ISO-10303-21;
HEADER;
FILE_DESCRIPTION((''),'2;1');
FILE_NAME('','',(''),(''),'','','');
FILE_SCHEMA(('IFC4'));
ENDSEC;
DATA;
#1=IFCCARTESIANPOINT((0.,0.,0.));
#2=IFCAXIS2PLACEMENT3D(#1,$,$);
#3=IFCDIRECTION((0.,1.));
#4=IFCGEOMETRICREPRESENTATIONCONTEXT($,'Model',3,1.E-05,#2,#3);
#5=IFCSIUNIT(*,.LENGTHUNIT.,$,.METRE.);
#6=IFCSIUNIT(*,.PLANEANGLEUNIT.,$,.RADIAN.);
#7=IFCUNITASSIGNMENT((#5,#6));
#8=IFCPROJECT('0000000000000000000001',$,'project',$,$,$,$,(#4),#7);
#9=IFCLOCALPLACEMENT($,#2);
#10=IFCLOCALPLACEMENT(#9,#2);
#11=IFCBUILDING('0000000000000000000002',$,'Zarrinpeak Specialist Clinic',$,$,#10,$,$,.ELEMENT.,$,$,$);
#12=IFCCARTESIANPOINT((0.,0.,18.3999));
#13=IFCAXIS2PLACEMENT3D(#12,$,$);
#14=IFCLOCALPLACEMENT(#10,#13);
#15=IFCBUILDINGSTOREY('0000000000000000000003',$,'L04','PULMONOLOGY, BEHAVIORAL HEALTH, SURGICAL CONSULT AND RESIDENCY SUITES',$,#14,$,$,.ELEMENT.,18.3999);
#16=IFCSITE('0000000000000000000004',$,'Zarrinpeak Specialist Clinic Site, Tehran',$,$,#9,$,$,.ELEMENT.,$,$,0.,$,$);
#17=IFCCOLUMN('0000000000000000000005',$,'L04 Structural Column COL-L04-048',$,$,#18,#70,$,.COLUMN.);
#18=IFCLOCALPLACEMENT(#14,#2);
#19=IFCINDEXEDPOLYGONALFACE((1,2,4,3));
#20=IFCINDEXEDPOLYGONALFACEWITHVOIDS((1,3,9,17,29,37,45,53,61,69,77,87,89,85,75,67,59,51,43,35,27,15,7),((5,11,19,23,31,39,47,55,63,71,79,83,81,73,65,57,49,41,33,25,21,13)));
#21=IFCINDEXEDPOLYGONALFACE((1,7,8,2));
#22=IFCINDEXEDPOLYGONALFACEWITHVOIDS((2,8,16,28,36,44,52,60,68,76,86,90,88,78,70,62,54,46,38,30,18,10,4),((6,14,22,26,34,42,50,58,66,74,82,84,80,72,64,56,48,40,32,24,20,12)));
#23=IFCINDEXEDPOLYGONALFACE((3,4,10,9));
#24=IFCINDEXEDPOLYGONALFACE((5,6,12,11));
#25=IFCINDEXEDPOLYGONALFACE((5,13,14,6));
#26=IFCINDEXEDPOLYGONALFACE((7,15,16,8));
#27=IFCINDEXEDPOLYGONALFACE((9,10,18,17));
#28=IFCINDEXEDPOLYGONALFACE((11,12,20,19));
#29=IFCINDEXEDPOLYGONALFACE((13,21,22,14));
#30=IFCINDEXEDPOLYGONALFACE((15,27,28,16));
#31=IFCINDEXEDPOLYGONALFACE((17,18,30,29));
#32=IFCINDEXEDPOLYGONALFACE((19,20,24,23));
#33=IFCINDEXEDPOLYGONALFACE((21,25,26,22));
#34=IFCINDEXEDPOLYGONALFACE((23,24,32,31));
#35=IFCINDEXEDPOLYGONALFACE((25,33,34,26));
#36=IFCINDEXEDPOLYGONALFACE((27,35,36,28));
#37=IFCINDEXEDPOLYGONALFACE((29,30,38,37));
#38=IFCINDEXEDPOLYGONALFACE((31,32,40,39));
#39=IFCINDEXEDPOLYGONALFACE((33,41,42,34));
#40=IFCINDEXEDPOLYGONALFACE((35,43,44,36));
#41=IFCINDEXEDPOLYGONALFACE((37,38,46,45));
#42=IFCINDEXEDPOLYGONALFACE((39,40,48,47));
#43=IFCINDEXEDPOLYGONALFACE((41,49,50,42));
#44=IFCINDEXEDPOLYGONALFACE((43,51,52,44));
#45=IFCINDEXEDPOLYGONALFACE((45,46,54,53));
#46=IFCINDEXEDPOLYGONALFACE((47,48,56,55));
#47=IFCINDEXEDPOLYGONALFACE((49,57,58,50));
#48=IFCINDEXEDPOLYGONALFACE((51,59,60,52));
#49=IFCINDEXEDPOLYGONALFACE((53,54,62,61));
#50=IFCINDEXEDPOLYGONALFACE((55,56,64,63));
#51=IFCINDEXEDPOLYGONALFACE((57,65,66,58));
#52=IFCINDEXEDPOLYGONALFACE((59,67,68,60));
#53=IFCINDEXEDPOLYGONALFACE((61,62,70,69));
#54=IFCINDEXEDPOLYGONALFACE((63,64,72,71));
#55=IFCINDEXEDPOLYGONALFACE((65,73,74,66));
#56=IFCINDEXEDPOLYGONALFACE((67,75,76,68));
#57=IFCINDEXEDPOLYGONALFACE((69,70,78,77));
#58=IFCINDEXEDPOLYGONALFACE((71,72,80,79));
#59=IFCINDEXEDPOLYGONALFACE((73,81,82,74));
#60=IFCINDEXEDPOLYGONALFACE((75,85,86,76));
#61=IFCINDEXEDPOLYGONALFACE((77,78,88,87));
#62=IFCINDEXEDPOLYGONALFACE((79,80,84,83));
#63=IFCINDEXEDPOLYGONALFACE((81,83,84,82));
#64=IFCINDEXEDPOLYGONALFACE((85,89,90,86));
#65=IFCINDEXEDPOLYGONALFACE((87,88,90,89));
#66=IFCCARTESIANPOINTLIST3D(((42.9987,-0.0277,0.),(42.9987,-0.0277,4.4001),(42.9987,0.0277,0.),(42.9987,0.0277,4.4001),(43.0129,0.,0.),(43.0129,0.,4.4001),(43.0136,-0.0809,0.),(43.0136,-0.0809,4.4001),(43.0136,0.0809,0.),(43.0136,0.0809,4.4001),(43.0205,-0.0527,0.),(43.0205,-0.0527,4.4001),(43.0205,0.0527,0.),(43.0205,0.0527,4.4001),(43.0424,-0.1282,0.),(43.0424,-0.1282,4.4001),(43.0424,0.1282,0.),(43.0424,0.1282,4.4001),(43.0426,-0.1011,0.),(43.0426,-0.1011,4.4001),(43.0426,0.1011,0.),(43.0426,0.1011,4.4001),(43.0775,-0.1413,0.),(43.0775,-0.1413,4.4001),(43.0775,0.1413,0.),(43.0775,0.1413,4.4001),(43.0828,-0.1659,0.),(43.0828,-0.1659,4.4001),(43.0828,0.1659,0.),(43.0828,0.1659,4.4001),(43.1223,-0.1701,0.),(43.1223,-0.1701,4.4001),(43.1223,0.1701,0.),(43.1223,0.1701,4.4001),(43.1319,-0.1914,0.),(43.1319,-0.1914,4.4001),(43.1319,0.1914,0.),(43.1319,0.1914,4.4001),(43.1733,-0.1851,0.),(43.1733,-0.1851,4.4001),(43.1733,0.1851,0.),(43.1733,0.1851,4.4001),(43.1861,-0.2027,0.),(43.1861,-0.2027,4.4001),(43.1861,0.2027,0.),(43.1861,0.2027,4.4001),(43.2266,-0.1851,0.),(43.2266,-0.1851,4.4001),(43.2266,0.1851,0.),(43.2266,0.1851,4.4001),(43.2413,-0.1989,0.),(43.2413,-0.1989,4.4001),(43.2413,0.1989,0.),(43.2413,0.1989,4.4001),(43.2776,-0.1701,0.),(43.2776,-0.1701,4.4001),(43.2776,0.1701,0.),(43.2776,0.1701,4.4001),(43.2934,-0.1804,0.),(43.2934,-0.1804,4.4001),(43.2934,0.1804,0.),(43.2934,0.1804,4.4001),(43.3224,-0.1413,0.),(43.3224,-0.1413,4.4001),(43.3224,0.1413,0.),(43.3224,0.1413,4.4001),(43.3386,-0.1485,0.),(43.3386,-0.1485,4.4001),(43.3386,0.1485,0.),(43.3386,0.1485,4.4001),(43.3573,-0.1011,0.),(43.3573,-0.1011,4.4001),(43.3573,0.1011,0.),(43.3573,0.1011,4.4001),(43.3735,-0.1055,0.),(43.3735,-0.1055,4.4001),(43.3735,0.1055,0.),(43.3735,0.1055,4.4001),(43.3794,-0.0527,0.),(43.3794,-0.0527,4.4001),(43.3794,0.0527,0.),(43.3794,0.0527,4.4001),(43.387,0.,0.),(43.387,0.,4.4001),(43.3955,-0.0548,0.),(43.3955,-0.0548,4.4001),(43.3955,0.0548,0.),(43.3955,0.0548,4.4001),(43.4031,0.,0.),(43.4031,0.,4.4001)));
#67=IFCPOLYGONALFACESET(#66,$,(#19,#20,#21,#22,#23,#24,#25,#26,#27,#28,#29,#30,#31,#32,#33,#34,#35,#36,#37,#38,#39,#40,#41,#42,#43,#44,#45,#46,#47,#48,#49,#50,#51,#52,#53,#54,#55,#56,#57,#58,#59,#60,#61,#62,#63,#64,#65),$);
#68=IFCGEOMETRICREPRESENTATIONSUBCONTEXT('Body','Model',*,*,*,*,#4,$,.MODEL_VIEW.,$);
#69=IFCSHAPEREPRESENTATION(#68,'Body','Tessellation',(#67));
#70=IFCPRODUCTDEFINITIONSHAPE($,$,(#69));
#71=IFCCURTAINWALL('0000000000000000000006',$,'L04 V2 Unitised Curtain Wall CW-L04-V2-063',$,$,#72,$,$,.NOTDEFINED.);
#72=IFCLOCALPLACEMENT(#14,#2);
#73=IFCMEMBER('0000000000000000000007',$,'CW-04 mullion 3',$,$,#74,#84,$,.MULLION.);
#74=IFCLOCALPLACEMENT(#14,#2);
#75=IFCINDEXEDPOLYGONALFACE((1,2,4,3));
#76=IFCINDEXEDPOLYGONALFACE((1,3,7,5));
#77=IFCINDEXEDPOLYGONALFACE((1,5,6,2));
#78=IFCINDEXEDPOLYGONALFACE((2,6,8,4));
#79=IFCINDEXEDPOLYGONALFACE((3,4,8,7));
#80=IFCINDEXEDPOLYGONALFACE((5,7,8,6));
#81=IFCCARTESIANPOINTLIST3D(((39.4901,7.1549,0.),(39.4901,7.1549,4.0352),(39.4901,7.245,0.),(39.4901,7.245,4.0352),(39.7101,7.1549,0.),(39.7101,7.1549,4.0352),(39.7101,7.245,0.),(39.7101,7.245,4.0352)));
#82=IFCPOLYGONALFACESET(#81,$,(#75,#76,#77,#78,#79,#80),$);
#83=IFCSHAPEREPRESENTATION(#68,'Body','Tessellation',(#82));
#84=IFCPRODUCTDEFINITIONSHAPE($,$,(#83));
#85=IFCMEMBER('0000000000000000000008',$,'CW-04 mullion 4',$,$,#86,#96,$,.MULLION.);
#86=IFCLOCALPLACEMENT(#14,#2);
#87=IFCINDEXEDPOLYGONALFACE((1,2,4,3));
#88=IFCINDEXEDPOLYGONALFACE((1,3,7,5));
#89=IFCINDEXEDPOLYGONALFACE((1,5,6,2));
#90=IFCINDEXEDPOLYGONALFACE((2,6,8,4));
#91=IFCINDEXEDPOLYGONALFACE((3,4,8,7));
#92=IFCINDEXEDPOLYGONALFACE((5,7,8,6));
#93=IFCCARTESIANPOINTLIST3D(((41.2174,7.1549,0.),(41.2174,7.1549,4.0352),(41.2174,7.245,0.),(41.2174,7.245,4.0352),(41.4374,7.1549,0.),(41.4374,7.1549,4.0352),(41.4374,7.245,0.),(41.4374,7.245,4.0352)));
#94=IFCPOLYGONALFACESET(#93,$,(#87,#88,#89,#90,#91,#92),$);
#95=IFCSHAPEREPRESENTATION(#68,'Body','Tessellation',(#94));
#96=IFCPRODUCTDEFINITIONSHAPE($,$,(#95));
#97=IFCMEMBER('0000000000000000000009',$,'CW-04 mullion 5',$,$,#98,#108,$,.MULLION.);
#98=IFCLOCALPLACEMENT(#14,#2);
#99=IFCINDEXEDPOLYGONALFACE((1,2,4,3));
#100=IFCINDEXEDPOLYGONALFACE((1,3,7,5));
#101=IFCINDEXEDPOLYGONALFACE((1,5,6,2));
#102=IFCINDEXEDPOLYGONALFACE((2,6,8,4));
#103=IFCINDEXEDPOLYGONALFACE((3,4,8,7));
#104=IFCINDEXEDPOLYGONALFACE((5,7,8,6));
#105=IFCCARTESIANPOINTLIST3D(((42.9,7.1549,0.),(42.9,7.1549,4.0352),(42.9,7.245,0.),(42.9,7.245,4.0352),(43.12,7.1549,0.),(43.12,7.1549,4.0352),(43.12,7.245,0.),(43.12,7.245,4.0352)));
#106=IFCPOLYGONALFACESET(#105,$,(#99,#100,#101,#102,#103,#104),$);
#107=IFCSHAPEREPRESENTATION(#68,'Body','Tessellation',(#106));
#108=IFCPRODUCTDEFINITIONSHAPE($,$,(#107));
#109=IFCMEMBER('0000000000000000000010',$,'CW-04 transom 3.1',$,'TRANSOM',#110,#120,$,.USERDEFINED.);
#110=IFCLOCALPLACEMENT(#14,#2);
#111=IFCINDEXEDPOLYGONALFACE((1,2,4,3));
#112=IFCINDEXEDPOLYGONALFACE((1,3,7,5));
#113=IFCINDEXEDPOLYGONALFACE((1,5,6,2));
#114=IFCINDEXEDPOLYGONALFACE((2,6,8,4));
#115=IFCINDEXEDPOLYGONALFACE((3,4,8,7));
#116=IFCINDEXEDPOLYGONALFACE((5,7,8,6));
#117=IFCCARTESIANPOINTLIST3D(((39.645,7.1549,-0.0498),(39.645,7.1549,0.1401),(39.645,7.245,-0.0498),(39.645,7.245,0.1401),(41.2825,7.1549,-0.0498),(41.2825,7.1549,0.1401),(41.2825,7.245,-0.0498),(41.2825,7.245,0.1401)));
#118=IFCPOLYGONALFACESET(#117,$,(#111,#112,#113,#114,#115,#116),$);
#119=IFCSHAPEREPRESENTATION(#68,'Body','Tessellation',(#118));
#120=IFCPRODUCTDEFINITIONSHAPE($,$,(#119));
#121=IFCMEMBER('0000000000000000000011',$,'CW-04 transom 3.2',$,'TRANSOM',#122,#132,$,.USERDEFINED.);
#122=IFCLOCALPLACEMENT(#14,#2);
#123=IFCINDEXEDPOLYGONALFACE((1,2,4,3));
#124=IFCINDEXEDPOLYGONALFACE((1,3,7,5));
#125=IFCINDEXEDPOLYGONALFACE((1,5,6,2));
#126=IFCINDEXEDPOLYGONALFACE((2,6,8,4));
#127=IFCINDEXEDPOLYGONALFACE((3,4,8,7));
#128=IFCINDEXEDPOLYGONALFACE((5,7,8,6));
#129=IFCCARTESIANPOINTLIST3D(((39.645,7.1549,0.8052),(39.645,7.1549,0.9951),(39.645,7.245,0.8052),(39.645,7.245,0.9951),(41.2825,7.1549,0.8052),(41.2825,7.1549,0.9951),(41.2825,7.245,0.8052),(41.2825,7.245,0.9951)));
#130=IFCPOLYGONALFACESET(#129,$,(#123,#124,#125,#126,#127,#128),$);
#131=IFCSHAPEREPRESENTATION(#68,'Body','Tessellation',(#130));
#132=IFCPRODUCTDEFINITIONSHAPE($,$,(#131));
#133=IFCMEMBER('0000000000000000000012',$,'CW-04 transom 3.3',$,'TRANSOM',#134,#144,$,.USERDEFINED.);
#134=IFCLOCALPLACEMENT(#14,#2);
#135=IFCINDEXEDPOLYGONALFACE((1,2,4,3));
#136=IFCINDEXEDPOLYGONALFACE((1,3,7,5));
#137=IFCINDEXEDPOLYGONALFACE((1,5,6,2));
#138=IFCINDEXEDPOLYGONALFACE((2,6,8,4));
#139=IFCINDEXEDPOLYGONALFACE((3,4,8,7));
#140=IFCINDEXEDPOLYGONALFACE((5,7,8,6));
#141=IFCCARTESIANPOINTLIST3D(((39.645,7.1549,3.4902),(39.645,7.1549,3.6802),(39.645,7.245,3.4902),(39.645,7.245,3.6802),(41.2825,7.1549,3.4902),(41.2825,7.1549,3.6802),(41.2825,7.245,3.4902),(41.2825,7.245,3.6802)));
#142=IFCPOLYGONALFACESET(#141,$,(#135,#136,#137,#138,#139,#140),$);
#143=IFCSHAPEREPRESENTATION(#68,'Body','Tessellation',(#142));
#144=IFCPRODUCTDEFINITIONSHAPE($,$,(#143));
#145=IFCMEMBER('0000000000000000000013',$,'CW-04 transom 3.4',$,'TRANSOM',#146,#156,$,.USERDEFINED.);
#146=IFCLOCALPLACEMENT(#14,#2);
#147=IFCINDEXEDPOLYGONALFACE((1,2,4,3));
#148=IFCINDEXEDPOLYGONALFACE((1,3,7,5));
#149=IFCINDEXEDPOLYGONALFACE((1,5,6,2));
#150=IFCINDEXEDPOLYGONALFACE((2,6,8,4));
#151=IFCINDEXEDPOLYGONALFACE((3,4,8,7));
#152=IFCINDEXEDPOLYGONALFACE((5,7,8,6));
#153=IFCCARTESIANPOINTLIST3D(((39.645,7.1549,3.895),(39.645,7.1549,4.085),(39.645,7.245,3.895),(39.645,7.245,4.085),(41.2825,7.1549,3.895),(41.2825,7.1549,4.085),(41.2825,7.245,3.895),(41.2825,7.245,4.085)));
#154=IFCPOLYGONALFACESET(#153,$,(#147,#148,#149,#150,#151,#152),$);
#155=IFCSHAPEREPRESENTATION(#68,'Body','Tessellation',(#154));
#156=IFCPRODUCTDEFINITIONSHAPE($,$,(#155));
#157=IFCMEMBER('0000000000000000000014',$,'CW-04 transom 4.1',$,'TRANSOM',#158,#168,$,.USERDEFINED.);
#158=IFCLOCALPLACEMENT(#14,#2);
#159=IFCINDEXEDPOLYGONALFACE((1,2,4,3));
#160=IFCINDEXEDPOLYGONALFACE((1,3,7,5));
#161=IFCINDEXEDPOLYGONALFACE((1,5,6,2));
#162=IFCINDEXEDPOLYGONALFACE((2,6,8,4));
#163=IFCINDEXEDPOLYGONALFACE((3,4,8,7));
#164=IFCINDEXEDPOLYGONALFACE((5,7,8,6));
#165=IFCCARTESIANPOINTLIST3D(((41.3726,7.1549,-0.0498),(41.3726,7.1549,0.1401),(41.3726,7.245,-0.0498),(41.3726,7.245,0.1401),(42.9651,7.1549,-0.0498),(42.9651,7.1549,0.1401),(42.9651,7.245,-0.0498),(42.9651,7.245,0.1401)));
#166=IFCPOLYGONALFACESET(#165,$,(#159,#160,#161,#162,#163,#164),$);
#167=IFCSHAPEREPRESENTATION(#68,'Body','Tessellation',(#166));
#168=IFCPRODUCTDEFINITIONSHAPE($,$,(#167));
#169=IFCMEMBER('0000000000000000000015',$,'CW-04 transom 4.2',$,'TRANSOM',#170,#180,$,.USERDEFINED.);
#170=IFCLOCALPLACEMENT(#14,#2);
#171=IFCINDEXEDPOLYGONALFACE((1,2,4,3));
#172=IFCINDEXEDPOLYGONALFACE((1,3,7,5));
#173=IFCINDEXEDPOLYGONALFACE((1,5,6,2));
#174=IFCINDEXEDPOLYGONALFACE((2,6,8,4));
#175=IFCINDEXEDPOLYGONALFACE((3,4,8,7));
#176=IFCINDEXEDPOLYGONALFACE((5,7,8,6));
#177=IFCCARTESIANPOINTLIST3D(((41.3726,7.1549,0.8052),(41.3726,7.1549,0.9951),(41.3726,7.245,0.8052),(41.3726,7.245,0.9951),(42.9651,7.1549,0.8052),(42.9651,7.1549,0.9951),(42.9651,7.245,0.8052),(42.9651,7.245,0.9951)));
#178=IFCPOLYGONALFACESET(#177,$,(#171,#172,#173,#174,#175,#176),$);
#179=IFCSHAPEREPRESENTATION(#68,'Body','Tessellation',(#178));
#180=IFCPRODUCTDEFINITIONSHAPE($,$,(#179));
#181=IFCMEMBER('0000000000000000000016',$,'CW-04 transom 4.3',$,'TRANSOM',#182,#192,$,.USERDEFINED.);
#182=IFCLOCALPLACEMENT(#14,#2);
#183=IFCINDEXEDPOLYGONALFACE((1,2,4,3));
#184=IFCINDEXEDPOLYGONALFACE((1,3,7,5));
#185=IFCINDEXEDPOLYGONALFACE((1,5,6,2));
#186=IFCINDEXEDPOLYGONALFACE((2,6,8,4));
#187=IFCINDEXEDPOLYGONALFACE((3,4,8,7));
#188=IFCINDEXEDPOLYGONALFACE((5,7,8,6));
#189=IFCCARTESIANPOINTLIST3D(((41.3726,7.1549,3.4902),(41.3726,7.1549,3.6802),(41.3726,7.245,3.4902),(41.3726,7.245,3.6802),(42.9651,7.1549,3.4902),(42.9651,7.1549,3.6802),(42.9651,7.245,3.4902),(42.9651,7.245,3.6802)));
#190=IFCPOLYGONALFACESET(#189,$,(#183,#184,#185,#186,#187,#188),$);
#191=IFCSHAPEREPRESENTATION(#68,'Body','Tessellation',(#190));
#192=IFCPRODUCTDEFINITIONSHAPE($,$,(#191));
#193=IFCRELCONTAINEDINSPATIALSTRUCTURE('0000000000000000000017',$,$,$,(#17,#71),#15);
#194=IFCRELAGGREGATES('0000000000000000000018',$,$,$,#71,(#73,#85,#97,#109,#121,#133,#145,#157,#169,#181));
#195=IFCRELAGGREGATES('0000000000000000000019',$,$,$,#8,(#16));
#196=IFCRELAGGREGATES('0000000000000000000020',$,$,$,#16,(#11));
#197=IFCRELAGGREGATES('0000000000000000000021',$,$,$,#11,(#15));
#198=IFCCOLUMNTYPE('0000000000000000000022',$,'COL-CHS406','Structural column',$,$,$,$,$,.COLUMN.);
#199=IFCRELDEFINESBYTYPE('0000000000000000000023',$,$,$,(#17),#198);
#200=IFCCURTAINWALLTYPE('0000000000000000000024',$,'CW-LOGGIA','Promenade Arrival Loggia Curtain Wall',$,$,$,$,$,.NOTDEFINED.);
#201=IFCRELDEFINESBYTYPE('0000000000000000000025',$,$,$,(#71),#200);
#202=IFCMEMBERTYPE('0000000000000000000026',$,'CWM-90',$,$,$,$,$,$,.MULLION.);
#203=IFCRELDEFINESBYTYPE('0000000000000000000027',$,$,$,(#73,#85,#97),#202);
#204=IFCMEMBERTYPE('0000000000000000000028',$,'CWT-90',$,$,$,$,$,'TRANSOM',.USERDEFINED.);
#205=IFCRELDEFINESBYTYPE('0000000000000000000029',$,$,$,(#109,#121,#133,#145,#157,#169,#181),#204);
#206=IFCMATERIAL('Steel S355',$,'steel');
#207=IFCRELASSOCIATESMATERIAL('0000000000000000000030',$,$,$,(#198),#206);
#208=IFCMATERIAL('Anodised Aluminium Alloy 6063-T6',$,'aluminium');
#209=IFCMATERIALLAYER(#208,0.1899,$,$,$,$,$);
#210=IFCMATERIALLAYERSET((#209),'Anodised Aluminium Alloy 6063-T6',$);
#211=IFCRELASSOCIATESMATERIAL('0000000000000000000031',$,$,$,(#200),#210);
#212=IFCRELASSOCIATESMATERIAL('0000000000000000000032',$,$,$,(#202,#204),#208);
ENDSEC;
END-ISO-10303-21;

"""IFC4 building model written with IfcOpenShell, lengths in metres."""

from ifc_helpers import new_model, si_unit, direction, frame, origin, origin_2d, place, context, subcontext, project, spatial, rectangle, hollow_circle, extrude, material, layer, layer_set, material_profile, profile_set, type_object, element, aggregate, save


model = new_model("IFC4")

# Units and contexts
model_context = context("Model", 3, precision=1e-05, world=origin(), true_north=direction((0.0, 1.0)))
body_context = subcontext(model_context, "Body", "Model", "MODEL_VIEW")
ifc_project = project(units=[si_unit("LENGTHUNIT", "METRE"), si_unit("PLANEANGLEUNIT", "RADIAN")], contexts=[model_context])

# Site, building, storey
site_placement = place(None, origin())
site = spatial("IfcSite", under=ifc_project, at=site_placement, Name="Zarrinpeak Specialist Clinic Site, Tehran", CompositionType="ELEMENT", RefElevation=0.0)
building_placement = place(site_placement, origin())
building = spatial("IfcBuilding", under=site, at=building_placement, Name="Zarrinpeak Specialist Clinic", CompositionType="ELEMENT")
storey_placement = place(building_placement, frame((0.0, 0.0, 18.3999)))
storey = spatial("IfcBuildingStorey", under=building, at=storey_placement, Name="L04", Description="PULMONOLOGY, BEHAVIORAL HEALTH, SURGICAL CONSULT AND RESIDENCY SUITES", CompositionType="ELEMENT", Elevation=18.3999)

# Column
ifc_material_1 = material(Name="Steel S355", Category="steel")
ifc_material_profile_1 = material_profile(ifc_material_1, hollow_circle(Radius=0.2031, WallThickness=0.0161, at=origin_2d()), Name="CHS 406.4x16.0")
ifc_profile_set_1 = profile_set([ifc_material_profile_1], Name="Steel S355")
column_type = type_object("IfcColumnType", Name="COL-CHS406", Description="Structural column", PredefinedType="COLUMN", material=ifc_profile_set_1)
column_placement = place(storey_placement, frame((43.2, 0.0, 0.0), z_axis=(0.0, 0.0, 1.0), x_axis=(1.0, 0.0, 0.0)))
element("IfcColumn", 1, at=column_placement, inside=storey, type_object=column_type, Name="L04 Structural Column COL-L04-048", PredefinedType="COLUMN", context=body_context, shape_type="SweptSolid", body=[
    extrude(hollow_circle(Radius=0.2031, WallThickness=0.0161, at=origin_2d()), origin(), (0.0, 0.0, 1.0), 4.4001),
])

# Curtain wall, members
ifc_material_2 = material(Name="Anodised Aluminium Alloy 6063-T6", Category="aluminium")
ifc_layer_1 = layer(ifc_material_2, 0.1899)
ifc_layer_set_1 = layer_set([ifc_layer_1], Name="Anodised Aluminium Alloy 6063-T6")
curtain_wall_type = type_object("IfcCurtainWallType", Name="CW-LOGGIA", Description="Promenade Arrival Loggia Curtain Wall", PredefinedType="NOTDEFINED", material=ifc_layer_set_1)
curtain_wall_placement = place(storey_placement, origin())
curtain_wall = element("IfcCurtainWall", 2, at=curtain_wall_placement, inside=storey, type_object=curtain_wall_type, Name="L04 V2 Unitised Curtain Wall CW-L04-V2-063", PredefinedType="NOTDEFINED")
ifc_material_profile_2 = material_profile(ifc_material_2, rectangle(XDim=0.0901, YDim=0.22, at=origin_2d()), Name="ALU 90x220")
ifc_profile_set_2 = profile_set([ifc_material_profile_2], Name="Anodised Aluminium Alloy 6063-T6")
member_type_1 = type_object("IfcMemberType", Name="CWM-90", PredefinedType="MULLION", material=ifc_profile_set_2)
member_1_placement = place(storey_placement, frame((39.6001, 7.2, 0.0), z_axis=(0.0, 0.0, 1.0), x_axis=(0.0, 1.0, 0.0)))
member_1 = element("IfcMember", 3, at=member_1_placement, type_object=member_type_1, Name="CW-04 mullion 3", PredefinedType="MULLION", context=body_context, shape_type="SweptSolid", body=[
    extrude(rectangle(XDim=0.0901, YDim=0.22, at=origin_2d()), origin(), (0.0, 0.0, 1.0), 4.0352),
])
member_2_placement = place(storey_placement, frame((41.3274, 7.2, 0.0), z_axis=(0.0, 0.0, 1.0), x_axis=(0.0, 1.0, 0.0)))
member_2 = element("IfcMember", 4, at=member_2_placement, type_object=member_type_1, Name="CW-04 mullion 4", PredefinedType="MULLION", context=body_context, shape_type="SweptSolid", body=[
    extrude(rectangle(XDim=0.0901, YDim=0.22, at=origin_2d()), origin(), (0.0, 0.0, 1.0), 4.0352),
])
member_3_placement = place(storey_placement, frame((43.01, 7.2, 0.0), z_axis=(0.0, 0.0, 1.0), x_axis=(0.0, 1.0, 0.0)))
member_3 = element("IfcMember", 5, at=member_3_placement, type_object=member_type_1, Name="CW-04 mullion 5", PredefinedType="MULLION", context=body_context, shape_type="SweptSolid", body=[
    extrude(rectangle(XDim=0.0901, YDim=0.22, at=origin_2d()), origin(), (0.0, 0.0, 1.0), 4.0352),
])
ifc_material_profile_3 = material_profile(ifc_material_2, rectangle(XDim=0.0901, YDim=0.1899, at=origin_2d()), Name="ALU 90x190")
ifc_profile_set_3 = profile_set([ifc_material_profile_3], Name="Anodised Aluminium Alloy 6063-T6")
member_type_2 = type_object("IfcMemberType", Name="CWT-90", ElementType="TRANSOM", PredefinedType="USERDEFINED", material=ifc_profile_set_3)
member_4_placement = place(storey_placement, frame((39.645, 7.2, 0.0452), z_axis=(1.0, 0.0, 0.0), x_axis=(0.0, 1.0, 0.0)))
member_4 = element("IfcMember", 6, at=member_4_placement, type_object=member_type_2, Name="CW-04 transom 3.1", ObjectType="TRANSOM", PredefinedType="USERDEFINED", context=body_context, shape_type="SweptSolid", body=[
    extrude(rectangle(XDim=0.0901, YDim=0.1899, at=origin_2d()), origin(), (0.0, 0.0, 1.0), 1.6375),
])
member_5_placement = place(storey_placement, frame((39.645, 7.2, 0.9001), z_axis=(1.0, 0.0, 0.0), x_axis=(0.0, 1.0, 0.0)))
member_5 = element("IfcMember", 7, at=member_5_placement, type_object=member_type_2, Name="CW-04 transom 3.2", ObjectType="TRANSOM", PredefinedType="USERDEFINED", context=body_context, shape_type="SweptSolid", body=[
    extrude(rectangle(XDim=0.0901, YDim=0.1899, at=origin_2d()), origin(), (0.0, 0.0, 1.0), 1.6375),
])
member_6_placement = place(storey_placement, frame((39.645, 7.2, 3.5852), z_axis=(1.0, 0.0, 0.0), x_axis=(0.0, 1.0, 0.0)))
member_6 = element("IfcMember", 8, at=member_6_placement, type_object=member_type_2, Name="CW-04 transom 3.3", ObjectType="TRANSOM", PredefinedType="USERDEFINED", context=body_context, shape_type="SweptSolid", body=[
    extrude(rectangle(XDim=0.0901, YDim=0.1899, at=origin_2d()), origin(), (0.0, 0.0, 1.0), 1.6375),
])
member_7_placement = place(storey_placement, frame((39.645, 7.2, 3.99), z_axis=(1.0, 0.0, 0.0), x_axis=(0.0, 1.0, 0.0)))
member_7 = element("IfcMember", 9, at=member_7_placement, type_object=member_type_2, Name="CW-04 transom 3.4", ObjectType="TRANSOM", PredefinedType="USERDEFINED", context=body_context, shape_type="SweptSolid", body=[
    extrude(rectangle(XDim=0.0901, YDim=0.1899, at=origin_2d()), origin(), (0.0, 0.0, 1.0), 1.6375),
])
member_8_placement = place(storey_placement, frame((41.3726, 7.2, 0.0452), z_axis=(1.0, 0.0, 0.0), x_axis=(0.0, 1.0, 0.0)))
member_8 = element("IfcMember", 10, at=member_8_placement, type_object=member_type_2, Name="CW-04 transom 4.1", ObjectType="TRANSOM", PredefinedType="USERDEFINED", context=body_context, shape_type="SweptSolid", body=[
    extrude(rectangle(XDim=0.0901, YDim=0.1899, at=origin_2d()), origin(), (0.0, 0.0, 1.0), 1.5925),
])
member_9_placement = place(storey_placement, frame((41.3726, 7.2, 0.9001), z_axis=(1.0, 0.0, 0.0), x_axis=(0.0, 1.0, 0.0)))
member_9 = element("IfcMember", 11, at=member_9_placement, type_object=member_type_2, Name="CW-04 transom 4.2", ObjectType="TRANSOM", PredefinedType="USERDEFINED", context=body_context, shape_type="SweptSolid", body=[
    extrude(rectangle(XDim=0.0901, YDim=0.1899, at=origin_2d()), origin(), (0.0, 0.0, 1.0), 1.5925),
])
member_10_placement = place(storey_placement, frame((41.3726, 7.2, 3.5852), z_axis=(1.0, 0.0, 0.0), x_axis=(0.0, 1.0, 0.0)))
member_10 = element("IfcMember", 12, at=member_10_placement, type_object=member_type_2, Name="CW-04 transom 4.3", ObjectType="TRANSOM", PredefinedType="USERDEFINED", context=body_context, shape_type="SweptSolid", body=[
    extrude(rectangle(XDim=0.0901, YDim=0.1899, at=origin_2d()), origin(), (0.0, 0.0, 1.0), 1.5925),
])
aggregate(curtain_wall, [member_1, member_2, member_3, member_4, member_5, member_6, member_7, member_8, member_9, member_10])

save(model, "model.ifc")
